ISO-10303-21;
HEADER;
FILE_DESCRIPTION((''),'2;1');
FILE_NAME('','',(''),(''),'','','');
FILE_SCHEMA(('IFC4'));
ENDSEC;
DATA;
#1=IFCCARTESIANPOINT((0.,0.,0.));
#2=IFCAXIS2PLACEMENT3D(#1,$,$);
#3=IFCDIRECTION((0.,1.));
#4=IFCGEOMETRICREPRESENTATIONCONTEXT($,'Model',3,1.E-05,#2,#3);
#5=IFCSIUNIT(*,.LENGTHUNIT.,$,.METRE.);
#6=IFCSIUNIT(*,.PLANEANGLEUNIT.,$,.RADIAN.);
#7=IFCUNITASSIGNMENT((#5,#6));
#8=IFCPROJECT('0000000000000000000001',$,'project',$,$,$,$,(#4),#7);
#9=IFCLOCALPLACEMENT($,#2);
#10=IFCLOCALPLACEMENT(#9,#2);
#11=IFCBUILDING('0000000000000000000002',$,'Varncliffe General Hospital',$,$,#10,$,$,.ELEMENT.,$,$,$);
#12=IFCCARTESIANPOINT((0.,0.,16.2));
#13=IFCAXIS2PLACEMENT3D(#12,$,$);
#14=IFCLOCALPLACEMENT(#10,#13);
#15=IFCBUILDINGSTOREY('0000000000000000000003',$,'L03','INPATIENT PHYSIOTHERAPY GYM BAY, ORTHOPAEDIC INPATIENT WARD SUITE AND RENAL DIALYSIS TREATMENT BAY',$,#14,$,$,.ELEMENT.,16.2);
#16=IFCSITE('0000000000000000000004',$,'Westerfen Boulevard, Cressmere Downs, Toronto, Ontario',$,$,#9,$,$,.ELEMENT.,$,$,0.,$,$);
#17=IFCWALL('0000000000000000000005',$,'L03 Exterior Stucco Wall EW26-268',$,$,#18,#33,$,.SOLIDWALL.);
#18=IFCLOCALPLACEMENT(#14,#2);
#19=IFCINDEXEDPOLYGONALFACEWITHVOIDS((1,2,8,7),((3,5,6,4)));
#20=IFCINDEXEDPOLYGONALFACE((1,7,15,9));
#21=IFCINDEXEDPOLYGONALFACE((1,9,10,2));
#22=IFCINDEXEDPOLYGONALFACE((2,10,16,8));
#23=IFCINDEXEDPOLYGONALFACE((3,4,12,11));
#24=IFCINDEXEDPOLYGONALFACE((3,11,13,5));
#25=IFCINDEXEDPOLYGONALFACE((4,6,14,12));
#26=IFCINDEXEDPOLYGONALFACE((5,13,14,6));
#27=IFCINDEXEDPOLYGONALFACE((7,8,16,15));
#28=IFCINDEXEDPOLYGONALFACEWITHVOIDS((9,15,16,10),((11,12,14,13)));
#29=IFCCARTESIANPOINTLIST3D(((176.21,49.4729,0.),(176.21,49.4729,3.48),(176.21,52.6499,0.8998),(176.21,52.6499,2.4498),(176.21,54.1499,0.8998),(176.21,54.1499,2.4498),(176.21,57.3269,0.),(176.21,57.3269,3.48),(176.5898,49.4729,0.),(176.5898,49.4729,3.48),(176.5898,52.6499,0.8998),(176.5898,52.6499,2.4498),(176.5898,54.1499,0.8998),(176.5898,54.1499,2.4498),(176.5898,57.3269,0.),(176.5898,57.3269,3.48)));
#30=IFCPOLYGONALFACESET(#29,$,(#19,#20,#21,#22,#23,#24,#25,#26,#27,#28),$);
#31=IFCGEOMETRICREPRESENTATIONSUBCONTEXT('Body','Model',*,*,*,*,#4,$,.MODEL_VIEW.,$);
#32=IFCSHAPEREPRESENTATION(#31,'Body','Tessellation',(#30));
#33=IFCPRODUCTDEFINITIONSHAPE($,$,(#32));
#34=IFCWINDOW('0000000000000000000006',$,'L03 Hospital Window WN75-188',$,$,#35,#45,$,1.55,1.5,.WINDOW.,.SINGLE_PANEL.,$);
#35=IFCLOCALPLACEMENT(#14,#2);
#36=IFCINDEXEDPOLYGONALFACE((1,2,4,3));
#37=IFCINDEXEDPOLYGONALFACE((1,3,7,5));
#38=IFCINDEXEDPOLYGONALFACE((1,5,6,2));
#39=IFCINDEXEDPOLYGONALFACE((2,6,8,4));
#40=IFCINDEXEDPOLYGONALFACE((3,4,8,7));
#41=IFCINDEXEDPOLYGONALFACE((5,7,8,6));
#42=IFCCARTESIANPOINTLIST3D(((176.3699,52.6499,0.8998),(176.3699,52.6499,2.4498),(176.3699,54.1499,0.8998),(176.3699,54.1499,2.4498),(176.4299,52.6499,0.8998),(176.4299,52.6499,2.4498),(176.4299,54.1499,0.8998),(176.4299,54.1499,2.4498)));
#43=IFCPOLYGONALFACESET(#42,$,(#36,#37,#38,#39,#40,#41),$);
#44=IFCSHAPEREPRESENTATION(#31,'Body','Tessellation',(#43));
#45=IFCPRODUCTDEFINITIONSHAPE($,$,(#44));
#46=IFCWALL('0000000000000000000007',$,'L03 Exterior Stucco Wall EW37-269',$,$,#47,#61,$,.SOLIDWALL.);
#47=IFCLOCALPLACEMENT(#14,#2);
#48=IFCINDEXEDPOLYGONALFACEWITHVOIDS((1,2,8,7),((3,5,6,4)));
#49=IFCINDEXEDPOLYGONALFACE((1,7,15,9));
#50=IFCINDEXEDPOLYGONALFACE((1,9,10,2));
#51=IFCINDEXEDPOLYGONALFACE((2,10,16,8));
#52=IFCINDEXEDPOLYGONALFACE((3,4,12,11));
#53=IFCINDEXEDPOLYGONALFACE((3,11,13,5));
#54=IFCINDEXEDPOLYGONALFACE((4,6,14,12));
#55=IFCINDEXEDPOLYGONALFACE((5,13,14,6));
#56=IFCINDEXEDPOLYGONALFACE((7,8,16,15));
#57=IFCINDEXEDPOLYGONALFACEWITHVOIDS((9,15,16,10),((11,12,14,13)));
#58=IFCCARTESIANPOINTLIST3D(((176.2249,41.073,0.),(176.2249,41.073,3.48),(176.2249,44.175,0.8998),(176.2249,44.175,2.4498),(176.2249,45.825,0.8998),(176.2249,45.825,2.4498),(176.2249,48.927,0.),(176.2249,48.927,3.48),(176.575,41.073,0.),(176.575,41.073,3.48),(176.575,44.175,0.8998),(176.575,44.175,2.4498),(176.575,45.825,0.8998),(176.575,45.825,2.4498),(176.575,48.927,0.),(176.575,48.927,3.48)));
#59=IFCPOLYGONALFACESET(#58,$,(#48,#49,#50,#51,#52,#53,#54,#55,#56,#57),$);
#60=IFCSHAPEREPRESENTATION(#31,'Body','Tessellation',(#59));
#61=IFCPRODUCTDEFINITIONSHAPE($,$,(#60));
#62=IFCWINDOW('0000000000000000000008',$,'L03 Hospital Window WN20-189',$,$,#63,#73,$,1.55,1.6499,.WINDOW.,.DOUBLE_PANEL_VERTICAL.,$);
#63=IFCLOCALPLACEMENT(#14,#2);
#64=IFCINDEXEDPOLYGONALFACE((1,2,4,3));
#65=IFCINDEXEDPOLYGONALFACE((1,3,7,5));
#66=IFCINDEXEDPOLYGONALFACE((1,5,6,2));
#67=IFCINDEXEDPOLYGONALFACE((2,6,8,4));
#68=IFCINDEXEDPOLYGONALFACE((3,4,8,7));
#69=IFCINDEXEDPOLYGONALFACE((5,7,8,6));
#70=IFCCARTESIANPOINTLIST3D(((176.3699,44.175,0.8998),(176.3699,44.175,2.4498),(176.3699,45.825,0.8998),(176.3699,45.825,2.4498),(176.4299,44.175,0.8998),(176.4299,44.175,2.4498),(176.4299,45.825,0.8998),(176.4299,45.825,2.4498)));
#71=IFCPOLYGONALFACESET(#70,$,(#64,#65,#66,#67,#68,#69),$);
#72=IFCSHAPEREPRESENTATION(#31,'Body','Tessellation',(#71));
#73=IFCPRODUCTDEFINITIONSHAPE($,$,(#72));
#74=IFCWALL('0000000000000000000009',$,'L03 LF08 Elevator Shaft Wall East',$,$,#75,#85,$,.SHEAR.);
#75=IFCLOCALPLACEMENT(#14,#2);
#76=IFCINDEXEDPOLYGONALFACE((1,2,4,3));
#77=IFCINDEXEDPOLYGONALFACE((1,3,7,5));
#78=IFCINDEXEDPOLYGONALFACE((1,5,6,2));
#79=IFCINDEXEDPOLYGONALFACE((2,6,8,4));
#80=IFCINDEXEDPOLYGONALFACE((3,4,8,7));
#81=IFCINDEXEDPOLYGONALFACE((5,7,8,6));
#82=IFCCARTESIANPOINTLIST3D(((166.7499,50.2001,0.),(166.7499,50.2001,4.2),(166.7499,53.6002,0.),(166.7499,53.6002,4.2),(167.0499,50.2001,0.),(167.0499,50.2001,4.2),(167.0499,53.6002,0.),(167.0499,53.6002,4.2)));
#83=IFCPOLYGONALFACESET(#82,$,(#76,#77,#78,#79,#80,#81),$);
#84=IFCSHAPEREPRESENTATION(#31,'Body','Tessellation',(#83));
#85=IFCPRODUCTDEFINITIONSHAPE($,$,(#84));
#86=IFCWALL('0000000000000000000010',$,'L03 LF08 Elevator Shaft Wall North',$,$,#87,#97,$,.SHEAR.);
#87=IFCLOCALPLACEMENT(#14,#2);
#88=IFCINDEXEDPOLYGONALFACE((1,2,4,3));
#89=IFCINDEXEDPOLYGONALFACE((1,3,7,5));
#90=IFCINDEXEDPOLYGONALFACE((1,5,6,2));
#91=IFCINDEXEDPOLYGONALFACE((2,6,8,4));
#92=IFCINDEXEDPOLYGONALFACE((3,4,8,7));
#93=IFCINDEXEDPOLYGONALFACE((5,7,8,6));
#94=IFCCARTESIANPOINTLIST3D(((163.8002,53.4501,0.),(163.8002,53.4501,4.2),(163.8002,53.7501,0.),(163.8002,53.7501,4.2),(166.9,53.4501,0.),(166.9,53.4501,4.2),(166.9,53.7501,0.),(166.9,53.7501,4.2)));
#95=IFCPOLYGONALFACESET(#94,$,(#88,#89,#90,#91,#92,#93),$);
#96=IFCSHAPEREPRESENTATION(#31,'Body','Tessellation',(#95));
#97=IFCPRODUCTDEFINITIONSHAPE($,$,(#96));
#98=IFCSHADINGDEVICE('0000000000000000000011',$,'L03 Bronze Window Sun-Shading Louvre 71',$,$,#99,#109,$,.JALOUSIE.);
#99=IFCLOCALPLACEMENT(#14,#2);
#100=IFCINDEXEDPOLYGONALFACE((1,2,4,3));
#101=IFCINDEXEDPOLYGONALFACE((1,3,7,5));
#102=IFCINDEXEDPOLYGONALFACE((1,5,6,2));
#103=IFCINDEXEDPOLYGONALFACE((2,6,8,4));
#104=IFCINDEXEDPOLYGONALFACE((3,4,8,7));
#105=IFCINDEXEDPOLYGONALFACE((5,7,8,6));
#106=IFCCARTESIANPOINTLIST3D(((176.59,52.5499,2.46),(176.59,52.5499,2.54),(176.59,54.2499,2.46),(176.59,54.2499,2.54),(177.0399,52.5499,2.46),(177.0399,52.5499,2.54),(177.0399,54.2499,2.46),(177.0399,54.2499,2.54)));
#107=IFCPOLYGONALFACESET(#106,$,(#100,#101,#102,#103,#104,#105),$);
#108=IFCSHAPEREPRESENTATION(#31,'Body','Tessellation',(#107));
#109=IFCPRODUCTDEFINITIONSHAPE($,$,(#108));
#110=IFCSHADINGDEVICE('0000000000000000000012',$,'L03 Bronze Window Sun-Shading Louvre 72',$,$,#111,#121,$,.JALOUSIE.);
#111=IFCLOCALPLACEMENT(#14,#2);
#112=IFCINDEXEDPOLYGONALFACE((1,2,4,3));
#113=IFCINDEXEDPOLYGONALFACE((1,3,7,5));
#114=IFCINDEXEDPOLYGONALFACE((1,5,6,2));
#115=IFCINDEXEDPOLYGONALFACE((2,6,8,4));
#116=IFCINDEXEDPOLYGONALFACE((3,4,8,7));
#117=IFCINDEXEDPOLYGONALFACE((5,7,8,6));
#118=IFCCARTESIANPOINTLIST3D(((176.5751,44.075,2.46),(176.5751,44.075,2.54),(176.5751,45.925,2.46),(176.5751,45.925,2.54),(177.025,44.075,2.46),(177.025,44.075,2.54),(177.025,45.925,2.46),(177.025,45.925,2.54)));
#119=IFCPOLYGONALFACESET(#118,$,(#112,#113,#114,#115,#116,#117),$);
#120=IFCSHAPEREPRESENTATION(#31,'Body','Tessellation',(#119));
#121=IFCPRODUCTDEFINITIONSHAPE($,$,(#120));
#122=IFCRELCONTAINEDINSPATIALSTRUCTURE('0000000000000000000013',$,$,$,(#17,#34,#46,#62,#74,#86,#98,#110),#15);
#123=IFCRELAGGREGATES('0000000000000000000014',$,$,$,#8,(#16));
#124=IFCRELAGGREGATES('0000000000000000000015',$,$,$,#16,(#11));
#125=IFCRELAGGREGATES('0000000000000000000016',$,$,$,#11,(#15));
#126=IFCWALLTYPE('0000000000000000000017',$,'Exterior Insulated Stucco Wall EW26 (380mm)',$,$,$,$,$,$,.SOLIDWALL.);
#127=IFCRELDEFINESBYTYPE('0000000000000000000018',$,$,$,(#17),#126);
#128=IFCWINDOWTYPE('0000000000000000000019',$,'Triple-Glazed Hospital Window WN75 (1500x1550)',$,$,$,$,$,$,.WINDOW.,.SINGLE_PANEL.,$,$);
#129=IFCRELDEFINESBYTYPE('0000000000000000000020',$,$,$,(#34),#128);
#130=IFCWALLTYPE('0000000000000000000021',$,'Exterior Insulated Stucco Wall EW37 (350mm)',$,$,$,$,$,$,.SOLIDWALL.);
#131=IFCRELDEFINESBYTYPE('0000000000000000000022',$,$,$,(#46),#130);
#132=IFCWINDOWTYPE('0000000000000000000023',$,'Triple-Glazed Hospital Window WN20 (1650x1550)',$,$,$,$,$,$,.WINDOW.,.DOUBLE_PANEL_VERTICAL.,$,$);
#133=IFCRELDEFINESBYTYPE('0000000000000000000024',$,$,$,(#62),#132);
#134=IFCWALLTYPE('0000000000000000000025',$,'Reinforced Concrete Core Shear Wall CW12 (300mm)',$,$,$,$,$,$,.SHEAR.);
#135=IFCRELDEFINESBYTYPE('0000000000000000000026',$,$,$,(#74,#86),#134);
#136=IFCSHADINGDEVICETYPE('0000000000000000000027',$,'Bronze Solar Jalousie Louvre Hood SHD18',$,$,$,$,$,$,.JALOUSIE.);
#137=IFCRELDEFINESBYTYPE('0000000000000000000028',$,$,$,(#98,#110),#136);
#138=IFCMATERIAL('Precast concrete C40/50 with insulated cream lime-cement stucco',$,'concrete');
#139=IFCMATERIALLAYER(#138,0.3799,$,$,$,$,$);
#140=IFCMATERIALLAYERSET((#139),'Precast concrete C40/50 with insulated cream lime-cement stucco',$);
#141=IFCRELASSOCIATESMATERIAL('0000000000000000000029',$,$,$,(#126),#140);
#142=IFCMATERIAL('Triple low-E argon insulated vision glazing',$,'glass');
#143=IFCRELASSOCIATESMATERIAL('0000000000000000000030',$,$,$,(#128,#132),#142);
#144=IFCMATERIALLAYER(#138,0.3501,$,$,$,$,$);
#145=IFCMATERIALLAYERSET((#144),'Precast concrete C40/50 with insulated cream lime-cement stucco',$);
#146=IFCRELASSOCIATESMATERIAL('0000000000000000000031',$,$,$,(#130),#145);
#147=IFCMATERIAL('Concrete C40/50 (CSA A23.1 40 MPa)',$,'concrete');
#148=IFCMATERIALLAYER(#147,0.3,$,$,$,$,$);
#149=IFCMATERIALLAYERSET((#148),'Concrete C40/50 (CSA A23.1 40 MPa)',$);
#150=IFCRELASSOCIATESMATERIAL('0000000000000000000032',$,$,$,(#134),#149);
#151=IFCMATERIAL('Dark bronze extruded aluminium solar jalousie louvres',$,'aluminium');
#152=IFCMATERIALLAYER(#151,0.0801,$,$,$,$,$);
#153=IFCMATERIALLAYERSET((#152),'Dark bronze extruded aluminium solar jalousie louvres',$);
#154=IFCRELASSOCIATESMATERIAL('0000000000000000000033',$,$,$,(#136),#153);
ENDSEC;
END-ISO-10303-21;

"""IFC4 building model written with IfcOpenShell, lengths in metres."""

from ifc_helpers import new_model, si_unit, direction, frame, frame_2d, origin, origin_2d, place, context, subcontext, project, spatial, rectangle, extrude, material, layer, layer_set, type_object, element, fill, save


model = new_model("IFC4")

# Units and contexts
model_context = context("Model", 3, precision=1e-05, world=origin(), true_north=direction((0.0, 1.0)))
body_context = subcontext(model_context, "Body", "Model", "MODEL_VIEW")
ifc_project = project(units=[si_unit("LENGTHUNIT", "METRE"), si_unit("PLANEANGLEUNIT", "RADIAN")], contexts=[model_context])

# Site, building, storey
site_placement = place(None, origin())
site = spatial("IfcSite", under=ifc_project, at=site_placement, Name="Westerfen Boulevard, Cressmere Downs, Toronto, Ontario", CompositionType="ELEMENT", RefElevation=0.0)
building_placement = place(site_placement, origin())
building = spatial("IfcBuilding", under=site, at=building_placement, Name="Varncliffe General Hospital", CompositionType="ELEMENT")
storey_placement = place(building_placement, frame((0.0, 0.0, 16.2)))
storey = spatial("IfcBuildingStorey", under=building, at=storey_placement, Name="L03", Description="INPATIENT PHYSIOTHERAPY GYM BAY, ORTHOPAEDIC INPATIENT WARD SUITE AND RENAL DIALYSIS TREATMENT BAY", CompositionType="ELEMENT", Elevation=16.2)

# Shared definitions
ifc_material_1 = material(Name="Concrete C40/50 (CSA A23.1 40 MPa)", Category="concrete")

# Walls, openings, windows
ifc_material_2 = material(Name="Precast concrete C40/50 with insulated cream lime-cement stucco", Category="concrete")
ifc_layer_1 = layer(ifc_material_2, 0.3799)
ifc_layer_set_1 = layer_set([ifc_layer_1], Name="Precast concrete C40/50 with insulated cream lime-cement stucco")
wall_type_1 = type_object("IfcWallType", Name="Exterior Insulated Stucco Wall EW26 (380mm)", PredefinedType="SOLIDWALL", material=ifc_layer_set_1)
wall_1_placement = place(storey_placement, frame((176.3999, 57.3269, 0.0), z_axis=(0.0, 0.0, 1.0), x_axis=(0.0, -1.0, 0.0)))
wall_1 = element("IfcWall", 1, at=wall_1_placement, inside=storey, type_object=wall_type_1, Name="L03 Exterior Stucco Wall EW26-268", PredefinedType="SOLIDWALL", context=body_context, shape_type="SweptSolid", body=[
    extrude(rectangle(XDim=7.854, YDim=0.3799, at=frame_2d((3.927, 0.0))), origin(), (0.0, 0.0, 1.0), 3.48),
])
opening_1_placement = place(wall_1_placement, frame((3.177, 0.0, 0.8999)))
opening_1 = element("IfcOpeningElement", 2, at=opening_1_placement, cuts=wall_1, PredefinedType="OPENING", context=body_context, shape_type="SweptSolid", body=[
    extrude(rectangle(XDim=1.5, YDim=1.55, at=frame_2d((0.75, 0.7749))), frame((0.0, 0.2, 0.0), z_axis=(0.0, -1.0, 0.0), x_axis=(1.0, 0.0, 0.0)), (0.0, 0.0, 1.0), 0.3999),
])
ifc_material_3 = material(Name="Triple low-E argon insulated vision glazing", Category="glass")
window_type_1 = type_object("IfcWindowType", Name="Triple-Glazed Hospital Window WN75 (1500x1550)", PartitioningType="SINGLE_PANEL", PredefinedType="WINDOW", material=ifc_material_3)
window_1_placement = place(opening_1_placement, origin())
window_1 = element("IfcWindow", 3, at=window_1_placement, inside=storey, type_object=window_type_1, Name="L03 Hospital Window WN75-188", OverallHeight=1.55, OverallWidth=1.5, PartitioningType="SINGLE_PANEL", PredefinedType="WINDOW", context=body_context, shape_type="SweptSolid", body=[
    extrude(rectangle(XDim=1.5, YDim=1.55, at=frame_2d((0.75, 0.7749))), frame((0.0, 0.03, 0.0), z_axis=(0.0, -1.0, 0.0), x_axis=(1.0, 0.0, 0.0)), (0.0, 0.0, 1.0), 0.0601),
])
fill(opening_1, window_1)
ifc_layer_2 = layer(ifc_material_2, 0.3501)
ifc_layer_set_2 = layer_set([ifc_layer_2], Name="Precast concrete C40/50 with insulated cream lime-cement stucco")
wall_type_2 = type_object("IfcWallType", Name="Exterior Insulated Stucco Wall EW37 (350mm)", PredefinedType="SOLIDWALL", material=ifc_layer_set_2)
wall_2_placement = place(storey_placement, frame((176.3999, 48.927, 0.0), z_axis=(0.0, 0.0, 1.0), x_axis=(0.0, -1.0, 0.0)))
wall_2 = element("IfcWall", 4, at=wall_2_placement, inside=storey, type_object=wall_type_2, Name="L03 Exterior Stucco Wall EW37-269", PredefinedType="SOLIDWALL", context=body_context, shape_type="SweptSolid", body=[
    extrude(rectangle(XDim=7.854, YDim=0.3501, at=frame_2d((3.927, 0.0))), origin(), (0.0, 0.0, 1.0), 3.48),
])
opening_2_placement = place(wall_2_placement, frame((3.1021, 0.0, 0.8999)))
opening_2 = element("IfcOpeningElement", 5, at=opening_2_placement, cuts=wall_2, PredefinedType="OPENING", context=body_context, shape_type="SweptSolid", body=[
    extrude(rectangle(XDim=1.6499, YDim=1.55, at=frame_2d((0.825, 0.7749))), frame((0.0, 0.1851, 0.0), z_axis=(0.0, -1.0, 0.0), x_axis=(1.0, 0.0, 0.0)), (0.0, 0.0, 1.0), 0.3701),
])
window_type_2 = type_object("IfcWindowType", Name="Triple-Glazed Hospital Window WN20 (1650x1550)", PartitioningType="DOUBLE_PANEL_VERTICAL", PredefinedType="WINDOW", material=ifc_material_3)
window_2_placement = place(opening_2_placement, origin())
window_2 = element("IfcWindow", 6, at=window_2_placement, inside=storey, type_object=window_type_2, Name="L03 Hospital Window WN20-189", OverallHeight=1.55, OverallWidth=1.6499, PartitioningType="DOUBLE_PANEL_VERTICAL", PredefinedType="WINDOW", context=body_context, shape_type="SweptSolid", body=[
    extrude(rectangle(XDim=1.6499, YDim=1.55, at=frame_2d((0.825, 0.7749))), frame((0.0, 0.03, 0.0), z_axis=(0.0, -1.0, 0.0), x_axis=(1.0, 0.0, 0.0)), (0.0, 0.0, 1.0), 0.0601),
])
fill(opening_2, window_2)

# Walls
ifc_layer_3 = layer(ifc_material_1, 0.3)
ifc_layer_set_3 = layer_set([ifc_layer_3], Name="Concrete C40/50 (CSA A23.1 40 MPa)")
wall_type_3 = type_object("IfcWallType", Name="Reinforced Concrete Core Shear Wall CW12 (300mm)", PredefinedType="SHEAR", material=ifc_layer_set_3)
wall_3_placement = place(storey_placement, frame((166.8999, 50.2, 0.0), z_axis=(0.0, 0.0, 1.0), x_axis=(0.0, 1.0, 0.0)))
element("IfcWall", 7, at=wall_3_placement, inside=storey, type_object=wall_type_3, Name="L03 LF08 Elevator Shaft Wall East", PredefinedType="SHEAR", context=body_context, shape_type="SweptSolid", body=[
    extrude(rectangle(XDim=3.4001, YDim=0.3, at=frame_2d((1.7002, 0.0))), origin(), (0.0, 0.0, 1.0), 4.2),
])
wall_4_placement = place(storey_placement, frame((166.8999, 53.6001, 0.0), z_axis=(0.0, 0.0, 1.0), x_axis=(-1.0, 0.0, 0.0)))
element("IfcWall", 8, at=wall_4_placement, inside=storey, type_object=wall_type_3, Name="L03 LF08 Elevator Shaft Wall North", PredefinedType="SHEAR", context=body_context, shape_type="SweptSolid", body=[
    extrude(rectangle(XDim=3.0999, YDim=0.3, at=frame_2d((1.5498, 0.0))), origin(), (0.0, 0.0, 1.0), 4.2),
])

# Shading devices
ifc_material_4 = material(Name="Dark bronze extruded aluminium solar jalousie louvres", Category="aluminium")
ifc_layer_4 = layer(ifc_material_4, 0.0801)
ifc_layer_set_4 = layer_set([ifc_layer_4], Name="Dark bronze extruded aluminium solar jalousie louvres")
shading_device_type = type_object("IfcShadingDeviceType", Name="Bronze Solar Jalousie Louvre Hood SHD18", PredefinedType="JALOUSIE", material=ifc_layer_set_4)
shading_device_1_placement = place(storey_placement, frame((176.8149, 53.3999, 2.46), z_axis=(0.0, 0.0, 1.0), x_axis=(0.0, -1.0, 0.0)))
element("IfcShadingDevice", 9, at=shading_device_1_placement, inside=storey, type_object=shading_device_type, Name="L03 Bronze Window Sun-Shading Louvre 71", PredefinedType="JALOUSIE", context=body_context, shape_type="SweptSolid", body=[
    extrude(rectangle(XDim=1.7, YDim=0.45, at=origin_2d()), origin(), (0.0, 0.0, 1.0), 0.0801),
])
shading_device_2_placement = place(storey_placement, frame((176.8, 45.0, 2.46), z_axis=(0.0, 0.0, 1.0), x_axis=(0.0, -1.0, 0.0)))
element("IfcShadingDevice", 10, at=shading_device_2_placement, inside=storey, type_object=shading_device_type, Name="L03 Bronze Window Sun-Shading Louvre 72", PredefinedType="JALOUSIE", context=body_context, shape_type="SweptSolid", body=[
    extrude(rectangle(XDim=1.8501, YDim=0.45, at=origin_2d()), origin(), (0.0, 0.0, 1.0), 0.0801),
])

save(model, "model.ifc")
